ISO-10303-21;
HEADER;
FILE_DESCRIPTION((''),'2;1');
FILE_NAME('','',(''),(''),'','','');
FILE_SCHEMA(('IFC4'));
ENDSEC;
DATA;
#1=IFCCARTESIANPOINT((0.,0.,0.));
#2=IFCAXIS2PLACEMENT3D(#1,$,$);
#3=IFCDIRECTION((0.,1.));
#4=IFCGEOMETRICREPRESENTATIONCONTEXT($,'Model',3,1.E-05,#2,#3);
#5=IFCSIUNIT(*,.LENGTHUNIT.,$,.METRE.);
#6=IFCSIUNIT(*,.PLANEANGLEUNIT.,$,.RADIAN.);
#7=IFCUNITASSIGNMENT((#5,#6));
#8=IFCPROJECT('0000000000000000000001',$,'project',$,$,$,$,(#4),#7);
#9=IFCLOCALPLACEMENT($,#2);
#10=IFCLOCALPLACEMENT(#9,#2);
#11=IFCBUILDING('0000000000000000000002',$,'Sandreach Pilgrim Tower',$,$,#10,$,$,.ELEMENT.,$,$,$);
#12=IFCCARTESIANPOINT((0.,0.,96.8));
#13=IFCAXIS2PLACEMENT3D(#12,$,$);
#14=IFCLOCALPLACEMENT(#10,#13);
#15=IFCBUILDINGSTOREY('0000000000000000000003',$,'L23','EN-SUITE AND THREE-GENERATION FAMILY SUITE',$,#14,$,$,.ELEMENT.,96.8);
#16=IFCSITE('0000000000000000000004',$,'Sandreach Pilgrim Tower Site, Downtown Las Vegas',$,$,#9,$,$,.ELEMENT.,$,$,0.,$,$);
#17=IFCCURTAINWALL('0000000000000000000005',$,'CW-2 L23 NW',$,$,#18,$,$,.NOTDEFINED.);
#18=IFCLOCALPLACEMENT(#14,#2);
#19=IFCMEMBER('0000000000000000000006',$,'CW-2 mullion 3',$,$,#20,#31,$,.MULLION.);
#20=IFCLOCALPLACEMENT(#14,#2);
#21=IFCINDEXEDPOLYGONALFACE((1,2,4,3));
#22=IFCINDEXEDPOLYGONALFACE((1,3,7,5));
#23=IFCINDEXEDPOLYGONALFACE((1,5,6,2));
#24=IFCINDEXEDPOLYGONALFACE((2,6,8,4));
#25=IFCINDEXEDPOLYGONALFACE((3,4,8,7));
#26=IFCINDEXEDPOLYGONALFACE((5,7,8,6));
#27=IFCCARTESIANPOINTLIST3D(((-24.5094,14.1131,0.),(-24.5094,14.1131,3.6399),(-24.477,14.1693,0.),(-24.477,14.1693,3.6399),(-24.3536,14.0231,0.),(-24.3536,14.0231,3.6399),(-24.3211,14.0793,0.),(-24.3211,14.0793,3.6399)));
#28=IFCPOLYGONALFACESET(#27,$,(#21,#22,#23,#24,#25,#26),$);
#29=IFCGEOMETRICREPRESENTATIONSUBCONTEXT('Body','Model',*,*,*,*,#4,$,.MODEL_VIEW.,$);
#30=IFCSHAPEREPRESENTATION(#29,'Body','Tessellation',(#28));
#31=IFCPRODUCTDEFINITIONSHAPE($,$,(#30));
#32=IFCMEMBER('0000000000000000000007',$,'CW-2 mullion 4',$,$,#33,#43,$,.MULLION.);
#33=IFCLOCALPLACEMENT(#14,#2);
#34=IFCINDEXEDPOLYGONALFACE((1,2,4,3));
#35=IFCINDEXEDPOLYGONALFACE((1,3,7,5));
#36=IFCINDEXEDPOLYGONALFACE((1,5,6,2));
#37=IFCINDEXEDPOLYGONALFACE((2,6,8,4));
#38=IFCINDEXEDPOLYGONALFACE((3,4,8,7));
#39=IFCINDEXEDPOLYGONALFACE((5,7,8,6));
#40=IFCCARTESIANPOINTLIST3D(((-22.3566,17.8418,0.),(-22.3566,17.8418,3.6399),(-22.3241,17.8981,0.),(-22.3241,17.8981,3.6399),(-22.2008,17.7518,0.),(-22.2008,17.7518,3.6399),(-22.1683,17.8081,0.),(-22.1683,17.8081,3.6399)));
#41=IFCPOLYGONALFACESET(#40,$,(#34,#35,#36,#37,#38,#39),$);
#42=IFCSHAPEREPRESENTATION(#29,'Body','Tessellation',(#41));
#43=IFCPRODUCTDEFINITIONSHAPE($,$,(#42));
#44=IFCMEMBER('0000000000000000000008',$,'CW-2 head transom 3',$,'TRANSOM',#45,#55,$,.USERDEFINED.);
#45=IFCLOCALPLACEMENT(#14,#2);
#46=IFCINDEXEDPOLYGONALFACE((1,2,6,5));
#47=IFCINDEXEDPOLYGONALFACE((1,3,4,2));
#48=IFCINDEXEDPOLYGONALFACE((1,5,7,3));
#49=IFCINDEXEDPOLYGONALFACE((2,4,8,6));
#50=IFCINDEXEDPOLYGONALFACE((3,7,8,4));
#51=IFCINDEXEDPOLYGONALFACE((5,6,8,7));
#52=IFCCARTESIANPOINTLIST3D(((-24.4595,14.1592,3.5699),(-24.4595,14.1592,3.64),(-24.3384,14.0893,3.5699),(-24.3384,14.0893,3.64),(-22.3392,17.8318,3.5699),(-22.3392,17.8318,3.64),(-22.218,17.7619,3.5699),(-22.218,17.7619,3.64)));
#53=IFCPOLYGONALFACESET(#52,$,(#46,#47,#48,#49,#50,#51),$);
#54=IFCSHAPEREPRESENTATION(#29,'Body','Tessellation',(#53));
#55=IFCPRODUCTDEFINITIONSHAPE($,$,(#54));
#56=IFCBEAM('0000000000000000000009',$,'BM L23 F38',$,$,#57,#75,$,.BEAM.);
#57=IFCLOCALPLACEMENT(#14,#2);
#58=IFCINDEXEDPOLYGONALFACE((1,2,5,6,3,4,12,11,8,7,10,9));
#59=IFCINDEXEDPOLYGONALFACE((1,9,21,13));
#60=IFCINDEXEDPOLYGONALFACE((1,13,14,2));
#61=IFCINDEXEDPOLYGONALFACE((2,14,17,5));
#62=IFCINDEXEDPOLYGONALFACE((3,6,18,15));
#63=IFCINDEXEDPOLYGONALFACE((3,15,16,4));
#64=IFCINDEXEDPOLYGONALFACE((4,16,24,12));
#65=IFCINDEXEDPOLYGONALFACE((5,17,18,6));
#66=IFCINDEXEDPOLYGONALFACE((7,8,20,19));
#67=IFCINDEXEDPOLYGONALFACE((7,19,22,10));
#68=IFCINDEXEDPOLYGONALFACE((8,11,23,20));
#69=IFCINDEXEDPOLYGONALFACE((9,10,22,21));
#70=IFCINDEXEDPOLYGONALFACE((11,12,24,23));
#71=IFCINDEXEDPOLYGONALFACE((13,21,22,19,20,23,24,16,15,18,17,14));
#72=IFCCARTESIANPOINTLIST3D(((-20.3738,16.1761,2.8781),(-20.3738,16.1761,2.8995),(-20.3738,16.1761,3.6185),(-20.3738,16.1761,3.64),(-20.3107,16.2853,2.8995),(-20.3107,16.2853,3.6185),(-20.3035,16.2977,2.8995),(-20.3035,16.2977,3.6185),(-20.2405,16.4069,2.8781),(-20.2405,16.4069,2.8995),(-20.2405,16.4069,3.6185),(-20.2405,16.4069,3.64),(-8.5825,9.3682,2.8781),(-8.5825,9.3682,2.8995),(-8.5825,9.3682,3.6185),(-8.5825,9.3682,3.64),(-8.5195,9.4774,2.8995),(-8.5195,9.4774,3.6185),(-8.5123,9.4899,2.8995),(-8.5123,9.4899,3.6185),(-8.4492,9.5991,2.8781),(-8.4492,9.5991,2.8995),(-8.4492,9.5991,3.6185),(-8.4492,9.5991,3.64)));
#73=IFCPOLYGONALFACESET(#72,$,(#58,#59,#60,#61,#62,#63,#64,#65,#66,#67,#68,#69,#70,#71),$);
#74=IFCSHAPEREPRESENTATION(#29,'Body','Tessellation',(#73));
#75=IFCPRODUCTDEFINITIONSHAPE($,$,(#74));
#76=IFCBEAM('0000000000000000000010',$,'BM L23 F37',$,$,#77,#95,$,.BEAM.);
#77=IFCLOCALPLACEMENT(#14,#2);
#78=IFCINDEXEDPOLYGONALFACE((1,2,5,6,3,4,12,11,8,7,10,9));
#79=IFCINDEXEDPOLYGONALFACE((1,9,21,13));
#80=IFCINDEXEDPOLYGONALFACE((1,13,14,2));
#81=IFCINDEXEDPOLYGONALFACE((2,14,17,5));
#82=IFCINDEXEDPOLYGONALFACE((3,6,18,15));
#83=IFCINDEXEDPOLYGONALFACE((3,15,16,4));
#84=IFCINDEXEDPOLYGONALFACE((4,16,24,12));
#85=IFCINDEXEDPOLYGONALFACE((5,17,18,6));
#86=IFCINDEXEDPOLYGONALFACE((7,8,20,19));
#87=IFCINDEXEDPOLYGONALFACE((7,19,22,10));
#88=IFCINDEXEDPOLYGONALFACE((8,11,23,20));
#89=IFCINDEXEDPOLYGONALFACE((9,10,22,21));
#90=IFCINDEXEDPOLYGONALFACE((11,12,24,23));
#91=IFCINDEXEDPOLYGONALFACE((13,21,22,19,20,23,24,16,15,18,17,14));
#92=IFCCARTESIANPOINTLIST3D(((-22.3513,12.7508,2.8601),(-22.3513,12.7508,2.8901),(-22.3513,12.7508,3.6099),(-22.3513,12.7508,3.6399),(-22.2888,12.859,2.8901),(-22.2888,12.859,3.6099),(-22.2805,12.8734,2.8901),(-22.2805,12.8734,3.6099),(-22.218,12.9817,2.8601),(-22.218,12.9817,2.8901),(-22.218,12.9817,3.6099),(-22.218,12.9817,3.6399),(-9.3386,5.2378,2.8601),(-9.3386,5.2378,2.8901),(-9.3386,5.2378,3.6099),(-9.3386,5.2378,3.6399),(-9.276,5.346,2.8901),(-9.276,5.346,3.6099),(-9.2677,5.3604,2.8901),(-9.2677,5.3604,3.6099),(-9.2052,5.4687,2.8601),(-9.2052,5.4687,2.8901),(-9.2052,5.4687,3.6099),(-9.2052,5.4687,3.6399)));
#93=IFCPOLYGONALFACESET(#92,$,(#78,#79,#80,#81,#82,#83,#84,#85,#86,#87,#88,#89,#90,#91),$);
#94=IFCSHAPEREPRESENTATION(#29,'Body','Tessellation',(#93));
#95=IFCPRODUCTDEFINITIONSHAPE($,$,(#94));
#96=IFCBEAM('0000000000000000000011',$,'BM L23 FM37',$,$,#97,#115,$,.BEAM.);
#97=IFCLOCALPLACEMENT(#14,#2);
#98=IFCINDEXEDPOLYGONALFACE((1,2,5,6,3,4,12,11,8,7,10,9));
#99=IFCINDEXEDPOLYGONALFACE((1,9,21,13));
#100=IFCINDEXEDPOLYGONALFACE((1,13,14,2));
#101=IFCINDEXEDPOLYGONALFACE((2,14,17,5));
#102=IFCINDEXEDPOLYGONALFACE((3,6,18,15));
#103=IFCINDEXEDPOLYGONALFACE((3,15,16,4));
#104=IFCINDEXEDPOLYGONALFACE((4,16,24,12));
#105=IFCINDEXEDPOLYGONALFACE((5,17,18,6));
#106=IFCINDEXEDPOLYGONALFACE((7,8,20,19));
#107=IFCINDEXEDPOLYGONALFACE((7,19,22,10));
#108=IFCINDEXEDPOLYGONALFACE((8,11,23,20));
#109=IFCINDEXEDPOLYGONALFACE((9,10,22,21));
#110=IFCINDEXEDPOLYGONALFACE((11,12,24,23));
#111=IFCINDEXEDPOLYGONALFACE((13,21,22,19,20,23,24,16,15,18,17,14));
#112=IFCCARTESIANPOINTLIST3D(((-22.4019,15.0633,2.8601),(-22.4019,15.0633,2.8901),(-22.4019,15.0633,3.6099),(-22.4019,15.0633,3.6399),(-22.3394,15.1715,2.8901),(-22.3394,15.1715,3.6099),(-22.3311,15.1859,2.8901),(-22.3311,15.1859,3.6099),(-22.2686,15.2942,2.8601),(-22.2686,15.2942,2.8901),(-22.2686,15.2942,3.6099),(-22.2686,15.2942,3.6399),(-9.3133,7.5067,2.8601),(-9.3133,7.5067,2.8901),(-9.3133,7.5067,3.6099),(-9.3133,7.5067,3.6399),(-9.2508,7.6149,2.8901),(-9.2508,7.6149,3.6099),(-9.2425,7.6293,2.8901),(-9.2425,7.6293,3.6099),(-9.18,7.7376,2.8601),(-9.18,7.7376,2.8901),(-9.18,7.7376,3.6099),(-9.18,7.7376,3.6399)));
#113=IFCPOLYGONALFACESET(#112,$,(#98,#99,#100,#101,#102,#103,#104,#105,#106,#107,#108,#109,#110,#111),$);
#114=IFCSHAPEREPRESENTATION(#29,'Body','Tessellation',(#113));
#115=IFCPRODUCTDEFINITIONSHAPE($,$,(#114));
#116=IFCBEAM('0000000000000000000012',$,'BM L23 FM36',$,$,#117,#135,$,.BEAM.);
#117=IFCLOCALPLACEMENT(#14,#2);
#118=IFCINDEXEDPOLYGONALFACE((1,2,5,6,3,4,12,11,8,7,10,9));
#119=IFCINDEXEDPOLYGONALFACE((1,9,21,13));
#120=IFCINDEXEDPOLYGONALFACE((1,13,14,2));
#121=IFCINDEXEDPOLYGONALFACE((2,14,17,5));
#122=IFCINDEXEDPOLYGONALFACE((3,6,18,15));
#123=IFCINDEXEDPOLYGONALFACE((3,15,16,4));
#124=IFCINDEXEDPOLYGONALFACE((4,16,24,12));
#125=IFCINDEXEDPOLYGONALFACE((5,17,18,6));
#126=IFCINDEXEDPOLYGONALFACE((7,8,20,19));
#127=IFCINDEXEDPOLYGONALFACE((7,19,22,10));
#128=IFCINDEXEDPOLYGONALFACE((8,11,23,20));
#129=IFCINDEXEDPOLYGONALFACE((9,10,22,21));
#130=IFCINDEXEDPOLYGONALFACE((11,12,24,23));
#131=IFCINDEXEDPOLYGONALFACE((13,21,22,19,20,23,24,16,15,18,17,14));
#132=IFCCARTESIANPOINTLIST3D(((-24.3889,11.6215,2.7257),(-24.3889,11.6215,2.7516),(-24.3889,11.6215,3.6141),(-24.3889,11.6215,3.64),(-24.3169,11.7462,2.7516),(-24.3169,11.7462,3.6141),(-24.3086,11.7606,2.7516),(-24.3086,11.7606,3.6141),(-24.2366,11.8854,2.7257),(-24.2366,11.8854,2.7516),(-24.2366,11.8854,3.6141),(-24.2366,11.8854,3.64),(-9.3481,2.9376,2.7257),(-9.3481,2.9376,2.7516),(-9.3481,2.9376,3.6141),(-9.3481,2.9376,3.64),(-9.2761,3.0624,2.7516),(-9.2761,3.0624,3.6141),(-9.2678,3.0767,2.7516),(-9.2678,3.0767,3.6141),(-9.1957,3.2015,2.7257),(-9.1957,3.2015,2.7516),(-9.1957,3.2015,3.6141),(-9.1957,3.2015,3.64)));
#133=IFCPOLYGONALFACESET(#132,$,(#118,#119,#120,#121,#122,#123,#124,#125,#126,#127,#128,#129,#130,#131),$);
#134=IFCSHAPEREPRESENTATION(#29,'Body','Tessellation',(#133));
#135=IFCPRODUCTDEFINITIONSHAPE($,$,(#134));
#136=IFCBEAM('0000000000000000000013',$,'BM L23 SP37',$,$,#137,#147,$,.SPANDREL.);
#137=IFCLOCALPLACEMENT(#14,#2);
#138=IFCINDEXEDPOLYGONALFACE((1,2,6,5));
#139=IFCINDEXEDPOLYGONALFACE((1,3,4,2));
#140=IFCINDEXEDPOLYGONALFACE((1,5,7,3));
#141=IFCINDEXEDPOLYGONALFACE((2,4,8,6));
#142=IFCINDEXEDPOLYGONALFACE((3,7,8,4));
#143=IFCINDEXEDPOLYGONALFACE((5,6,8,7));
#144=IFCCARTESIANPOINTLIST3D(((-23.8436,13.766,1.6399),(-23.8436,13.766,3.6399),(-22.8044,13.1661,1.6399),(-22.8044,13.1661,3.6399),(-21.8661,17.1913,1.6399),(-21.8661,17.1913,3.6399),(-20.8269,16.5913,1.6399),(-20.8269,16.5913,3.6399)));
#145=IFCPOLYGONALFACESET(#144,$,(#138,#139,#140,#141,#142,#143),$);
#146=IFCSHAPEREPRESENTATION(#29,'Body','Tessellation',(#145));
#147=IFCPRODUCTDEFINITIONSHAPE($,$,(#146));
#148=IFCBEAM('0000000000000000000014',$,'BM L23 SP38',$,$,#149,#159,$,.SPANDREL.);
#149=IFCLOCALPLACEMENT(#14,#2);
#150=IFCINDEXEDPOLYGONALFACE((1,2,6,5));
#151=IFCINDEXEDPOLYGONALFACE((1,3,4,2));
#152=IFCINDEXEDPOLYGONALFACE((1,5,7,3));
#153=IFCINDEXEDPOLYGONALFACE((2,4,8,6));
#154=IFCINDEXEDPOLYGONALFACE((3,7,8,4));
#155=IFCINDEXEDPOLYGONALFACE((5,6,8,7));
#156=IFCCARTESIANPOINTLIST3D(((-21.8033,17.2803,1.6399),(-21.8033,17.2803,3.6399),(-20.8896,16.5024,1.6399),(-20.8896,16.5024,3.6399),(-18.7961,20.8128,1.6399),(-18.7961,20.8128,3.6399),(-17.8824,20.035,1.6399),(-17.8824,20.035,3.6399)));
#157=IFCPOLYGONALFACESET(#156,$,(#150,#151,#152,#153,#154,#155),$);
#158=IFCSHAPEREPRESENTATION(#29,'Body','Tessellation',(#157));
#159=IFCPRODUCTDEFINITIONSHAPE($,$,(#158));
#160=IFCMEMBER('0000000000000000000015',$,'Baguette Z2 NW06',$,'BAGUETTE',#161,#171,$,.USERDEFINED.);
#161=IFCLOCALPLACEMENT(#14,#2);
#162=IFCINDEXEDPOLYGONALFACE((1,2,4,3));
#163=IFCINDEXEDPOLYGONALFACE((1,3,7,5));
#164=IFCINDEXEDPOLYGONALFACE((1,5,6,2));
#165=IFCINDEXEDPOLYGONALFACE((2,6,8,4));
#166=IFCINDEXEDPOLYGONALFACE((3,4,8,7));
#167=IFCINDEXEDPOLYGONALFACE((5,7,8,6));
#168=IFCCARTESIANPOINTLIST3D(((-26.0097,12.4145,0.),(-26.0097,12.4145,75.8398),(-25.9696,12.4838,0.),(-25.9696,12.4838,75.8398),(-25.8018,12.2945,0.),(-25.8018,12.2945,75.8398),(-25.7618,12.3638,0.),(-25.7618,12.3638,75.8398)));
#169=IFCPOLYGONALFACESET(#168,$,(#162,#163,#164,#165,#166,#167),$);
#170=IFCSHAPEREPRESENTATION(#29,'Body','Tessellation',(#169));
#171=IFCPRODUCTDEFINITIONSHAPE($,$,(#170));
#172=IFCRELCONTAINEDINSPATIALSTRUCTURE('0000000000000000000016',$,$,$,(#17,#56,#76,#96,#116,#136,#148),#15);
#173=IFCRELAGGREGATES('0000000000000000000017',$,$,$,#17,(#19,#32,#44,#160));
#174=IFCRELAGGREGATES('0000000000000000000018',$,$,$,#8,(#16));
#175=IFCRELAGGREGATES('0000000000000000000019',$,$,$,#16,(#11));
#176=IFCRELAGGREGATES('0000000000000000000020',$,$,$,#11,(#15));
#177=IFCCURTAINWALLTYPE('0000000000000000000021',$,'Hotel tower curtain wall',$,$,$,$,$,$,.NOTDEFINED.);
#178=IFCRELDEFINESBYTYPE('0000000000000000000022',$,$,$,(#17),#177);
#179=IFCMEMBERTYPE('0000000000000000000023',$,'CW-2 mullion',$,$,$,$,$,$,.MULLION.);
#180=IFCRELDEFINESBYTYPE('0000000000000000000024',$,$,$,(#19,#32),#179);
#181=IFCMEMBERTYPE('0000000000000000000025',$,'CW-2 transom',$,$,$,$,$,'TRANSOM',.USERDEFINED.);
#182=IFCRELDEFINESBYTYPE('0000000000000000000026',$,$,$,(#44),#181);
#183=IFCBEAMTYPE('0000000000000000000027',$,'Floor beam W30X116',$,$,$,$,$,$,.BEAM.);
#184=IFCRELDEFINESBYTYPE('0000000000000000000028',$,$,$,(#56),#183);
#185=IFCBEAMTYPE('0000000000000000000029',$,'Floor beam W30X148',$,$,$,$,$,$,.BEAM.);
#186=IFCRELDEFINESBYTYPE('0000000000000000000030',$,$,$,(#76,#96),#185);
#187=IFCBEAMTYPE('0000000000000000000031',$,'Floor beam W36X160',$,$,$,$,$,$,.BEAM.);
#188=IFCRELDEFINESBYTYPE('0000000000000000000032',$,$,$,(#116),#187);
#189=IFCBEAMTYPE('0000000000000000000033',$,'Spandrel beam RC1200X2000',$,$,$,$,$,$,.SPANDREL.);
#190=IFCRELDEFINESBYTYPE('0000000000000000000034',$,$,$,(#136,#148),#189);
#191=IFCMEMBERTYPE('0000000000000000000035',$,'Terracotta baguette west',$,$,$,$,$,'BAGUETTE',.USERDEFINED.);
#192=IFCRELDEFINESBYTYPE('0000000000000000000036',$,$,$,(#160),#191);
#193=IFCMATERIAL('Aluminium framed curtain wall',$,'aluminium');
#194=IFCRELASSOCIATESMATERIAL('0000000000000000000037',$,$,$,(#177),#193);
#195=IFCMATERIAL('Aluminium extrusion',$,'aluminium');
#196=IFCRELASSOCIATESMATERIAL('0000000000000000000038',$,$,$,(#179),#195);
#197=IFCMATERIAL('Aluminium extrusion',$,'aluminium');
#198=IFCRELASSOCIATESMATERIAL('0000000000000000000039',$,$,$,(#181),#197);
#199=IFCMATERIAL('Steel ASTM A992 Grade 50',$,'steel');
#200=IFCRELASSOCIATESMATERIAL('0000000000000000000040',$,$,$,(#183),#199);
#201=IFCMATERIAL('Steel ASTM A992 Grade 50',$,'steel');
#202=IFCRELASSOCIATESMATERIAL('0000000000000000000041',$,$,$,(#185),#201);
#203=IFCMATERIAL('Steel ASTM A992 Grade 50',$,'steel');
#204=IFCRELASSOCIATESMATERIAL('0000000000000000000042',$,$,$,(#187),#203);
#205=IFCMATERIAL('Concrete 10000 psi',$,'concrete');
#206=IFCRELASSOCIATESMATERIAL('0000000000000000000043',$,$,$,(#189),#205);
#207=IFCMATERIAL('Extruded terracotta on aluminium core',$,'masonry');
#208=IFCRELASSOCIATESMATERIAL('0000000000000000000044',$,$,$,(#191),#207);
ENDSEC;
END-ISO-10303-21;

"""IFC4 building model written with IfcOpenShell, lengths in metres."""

from ifc_helpers import new_model, si_unit, direction, frame, origin, origin_2d, place, context, subcontext, project, spatial, rectangle, i_section, extrude, material, material_profile, profile_set, type_object, element, aggregate, save


model = new_model("IFC4")

# Units and contexts
model_context = context("Model", 3, precision=1e-05, world=origin(), true_north=direction((0.0, 1.0)))
body_context = subcontext(model_context, "Body", "Model", "MODEL_VIEW")
ifc_project = project(units=[si_unit("LENGTHUNIT", "METRE"), si_unit("PLANEANGLEUNIT", "RADIAN")], contexts=[model_context])

# Site, building, storey
site_placement = place(None, origin())
site = spatial("IfcSite", under=ifc_project, at=site_placement, Name="Sandreach Pilgrim Tower Site, Downtown Las Vegas", CompositionType="ELEMENT", RefElevation=0.0)
building_placement = place(site_placement, origin())
building = spatial("IfcBuilding", under=site, at=building_placement, Name="Sandreach Pilgrim Tower", CompositionType="ELEMENT")
storey_placement = place(building_placement, frame((0.0, 0.0, 96.8)))
storey = spatial("IfcBuildingStorey", under=building, at=storey_placement, Name="L23", Description="EN-SUITE AND THREE-GENERATION FAMILY SUITE", CompositionType="ELEMENT", Elevation=96.8)

# Curtain wall, members
ifc_material_1 = material(Name="Aluminium framed curtain wall", Category="aluminium")
curtain_wall_type = type_object("IfcCurtainWallType", Name="Hotel tower curtain wall", PredefinedType="NOTDEFINED", material=ifc_material_1)
curtain_wall_placement = place(storey_placement, origin())
curtain_wall = element("IfcCurtainWall", 1, at=curtain_wall_placement, inside=storey, type_object=curtain_wall_type, Name="CW-2 L23 NW", PredefinedType="NOTDEFINED")
ifc_material_2 = material(Name="Aluminium extrusion", Category="aluminium")
ifc_material_profile_1 = material_profile(ifc_material_2, rectangle(XDim=0.0649, YDim=0.1799, at=origin_2d()), Name="CW-2M 65X180")
ifc_profile_set_1 = profile_set([ifc_material_profile_1], Name="Aluminium extrusion")
member_type_1 = type_object("IfcMemberType", Name="CW-2 mullion", PredefinedType="MULLION", material=ifc_profile_set_1)
member_1_placement = place(storey_placement, frame((-24.4153, 14.0962, 0.0), z_axis=(0.0, 0.0, 1.0), x_axis=(0.5, 0.866025, 0.0)))
member_1 = element("IfcMember", 2, at=member_1_placement, type_object=member_type_1, Name="CW-2 mullion 3", PredefinedType="MULLION", context=body_context, shape_type="SweptSolid", body=[
    extrude(rectangle(XDim=0.0649, YDim=0.1799, at=origin_2d()), origin(), (0.0, 0.0, 1.0), 3.6399),
])
member_2_placement = place(storey_placement, frame((-22.2625, 17.825, 0.0), z_axis=(0.0, 0.0, 1.0), x_axis=(0.5, 0.866025, 0.0)))
member_2 = element("IfcMember", 3, at=member_2_placement, type_object=member_type_1, Name="CW-2 mullion 4", PredefinedType="MULLION", context=body_context, shape_type="SweptSolid", body=[
    extrude(rectangle(XDim=0.0649, YDim=0.1799, at=origin_2d()), origin(), (0.0, 0.0, 1.0), 3.6399),
])
ifc_material_3 = material(Name="Aluminium extrusion", Category="aluminium")
ifc_material_profile_2 = material_profile(ifc_material_3, rectangle(XDim=0.1399, YDim=0.0701, at=origin_2d()), Name="CW-2T 140X70")
ifc_profile_set_2 = profile_set([ifc_material_profile_2], Name="Aluminium extrusion")
member_type_2 = type_object("IfcMemberType", Name="CW-2 transom", ElementType="TRANSOM", PredefinedType="USERDEFINED", material=ifc_profile_set_2)
member_3_placement = place(storey_placement, frame((-24.3989, 14.1243, 3.605), z_axis=(0.499997, 0.866027, 0.0), x_axis=(-0.866027, 0.499997, 0.0)))
member_3 = element("IfcMember", 4, at=member_3_placement, type_object=member_type_2, Name="CW-2 head transom 3", ObjectType="TRANSOM", PredefinedType="USERDEFINED", context=body_context, shape_type="SweptSolid", body=[
    extrude(rectangle(XDim=0.1399, YDim=0.0701, at=origin_2d()), origin(), (0.0, 0.0, 1.0), 4.2407),
])

# Beams
ifc_material_4 = material(Name="Steel ASTM A992 Grade 50", Category="steel")
ifc_material_profile_3 = material_profile(ifc_material_4, i_section(OverallWidth=0.2666, OverallDepth=0.762, WebThickness=0.0144, FlangeThickness=0.0215, at=origin_2d()), Name="W30X116")
ifc_profile_set_3 = profile_set([ifc_material_profile_3], Name="Steel ASTM A992 Grade 50")
beam_type_1 = type_object("IfcBeamType", Name="Floor beam W30X116", PredefinedType="BEAM", material=ifc_profile_set_3)
beam_1_placement = place(storey_placement, frame((-20.3071, 16.2915, 3.259), z_axis=(0.86602, -0.50001, 0.0), x_axis=(0.50001, 0.86602, 0.0)))
element("IfcBeam", 5, at=beam_1_placement, inside=storey, type_object=beam_type_1, Name="BM L23 F38", PredefinedType="BEAM", context=body_context, shape_type="SweptSolid", body=[
    extrude(i_section(OverallWidth=0.2666, OverallDepth=0.762, WebThickness=0.0144, FlangeThickness=0.0215, at=origin_2d()), origin(), (0.0, 0.0, 1.0), 13.6155),
])
ifc_material_5 = material(Name="Steel ASTM A992 Grade 50", Category="steel")
ifc_material_profile_4 = material_profile(ifc_material_5, i_section(OverallWidth=0.2666, OverallDepth=0.7798, WebThickness=0.0166, FlangeThickness=0.03, at=origin_2d()), Name="W30X148")
ifc_profile_set_4 = profile_set([ifc_material_profile_4], Name="Steel ASTM A992 Grade 50")
beam_type_2 = type_object("IfcBeamType", Name="Floor beam W30X148", PredefinedType="BEAM", material=ifc_profile_set_4)
beam_2_placement = place(storey_placement, frame((-22.2847, 12.8662, 3.25), z_axis=(0.866024, -0.500003, 0.0), x_axis=(0.500003, 0.866024, 0.0)))
element("IfcBeam", 6, at=beam_2_placement, inside=storey, type_object=beam_type_2, Name="BM L23 F37", PredefinedType="BEAM", context=body_context, shape_type="SweptSolid", body=[
    extrude(i_section(OverallWidth=0.2666, OverallDepth=0.7798, WebThickness=0.0166, FlangeThickness=0.03, at=origin_2d()), origin(), (0.0, 0.0, 1.0), 15.0259),
])
beam_3_placement = place(storey_placement, frame((-22.3352, 15.1787, 3.25), z_axis=(0.866028, -0.499996, 0.0), x_axis=(0.499996, 0.866028, 0.0)))
element("IfcBeam", 7, at=beam_3_placement, inside=storey, type_object=beam_type_2, Name="BM L23 FM37", PredefinedType="BEAM", context=body_context, shape_type="SweptSolid", body=[
    extrude(i_section(OverallWidth=0.2666, OverallDepth=0.7798, WebThickness=0.0166, FlangeThickness=0.03, at=origin_2d()), origin(), (0.0, 0.0, 1.0), 15.1133),
])
ifc_material_6 = material(Name="Steel ASTM A992 Grade 50", Category="steel")
ifc_material_profile_5 = material_profile(ifc_material_6, i_section(OverallWidth=0.3047, OverallDepth=0.9143, WebThickness=0.0166, FlangeThickness=0.0259, at=origin_2d()), Name="W36X160")
ifc_profile_set_5 = profile_set([ifc_material_profile_5], Name="Steel ASTM A992 Grade 50")
beam_type_3 = type_object("IfcBeamType", Name="Floor beam W36X160", PredefinedType="BEAM", material=ifc_profile_set_5)
beam_4_placement = place(storey_placement, frame((-24.3127, 11.7534, 3.1829), z_axis=(0.866024, -0.500002, 0.0), x_axis=(0.500002, 0.866024, 0.0)))
element("IfcBeam", 8, at=beam_4_placement, inside=storey, type_object=beam_type_3, Name="BM L23 FM36", PredefinedType="BEAM", context=body_context, shape_type="SweptSolid", body=[
    extrude(i_section(OverallWidth=0.3047, OverallDepth=0.9143, WebThickness=0.0166, FlangeThickness=0.0259, at=origin_2d()), origin(), (0.0, 0.0, 1.0), 17.3677),
])
ifc_material_7 = material(Name="Concrete 10000 psi", Category="concrete")
ifc_material_profile_6 = material_profile(ifc_material_7, rectangle(XDim=1.2, YDim=2.0, at=origin_2d()), Name="RC1200X2000")
ifc_profile_set_6 = profile_set([ifc_material_profile_6], Name="Concrete 10000 psi")
beam_type_4 = type_object("IfcBeamType", Name="Spandrel beam RC1200X2000", PredefinedType="SPANDREL", material=ifc_profile_set_6)
beam_5_placement = place(storey_placement, frame((-23.324, 13.4661, 2.6399), z_axis=(0.49999, 0.866031, 0.0), x_axis=(-0.866031, 0.49999, 0.0)))
element("IfcBeam", 9, at=beam_5_placement, inside=storey, type_object=beam_type_4, Name="BM L23 SP37", PredefinedType="SPANDREL", context=body_context, shape_type="SweptSolid", body=[
    extrude(rectangle(XDim=1.2, YDim=2.0, at=origin_2d()), origin(), (0.0, 0.0, 1.0), 3.9551),
])
beam_6_placement = place(storey_placement, frame((-21.3464, 16.8914, 2.6399), z_axis=(0.648209, 0.761463, 0.0), x_axis=(-0.761463, 0.648209, 0.0)))
element("IfcBeam", 10, at=beam_6_placement, inside=storey, type_object=beam_type_4, Name="BM L23 SP38", PredefinedType="SPANDREL", context=body_context, shape_type="SweptSolid", body=[
    extrude(rectangle(XDim=1.2, YDim=2.0, at=origin_2d()), origin(), (0.0, 0.0, 1.0), 4.6392),
])

# Member
ifc_material_8 = material(Name="Extruded terracotta on aluminium core", Category="masonry")
ifc_material_profile_7 = material_profile(ifc_material_8, rectangle(XDim=0.0801, YDim=0.24, at=origin_2d()), Name="TBW 80X240")
ifc_profile_set_7 = profile_set([ifc_material_profile_7], Name="Extruded terracotta on aluminium core")
member_type_3 = type_object("IfcMemberType", Name="Terracotta baguette west", ElementType="BAGUETTE", PredefinedType="USERDEFINED", material=ifc_profile_set_7)
member_4_placement = place(storey_placement, frame((-25.8857, 12.3892, 0.0), z_axis=(0.0, 0.0, 1.0), x_axis=(0.5, 0.866025, 0.0)))
member_4 = element("IfcMember", 11, at=member_4_placement, type_object=member_type_3, Name="Baguette Z2 NW06", ObjectType="BAGUETTE", PredefinedType="USERDEFINED", context=body_context, shape_type="SweptSolid", body=[
    extrude(rectangle(XDim=0.0801, YDim=0.24, at=origin_2d()), origin(), (0.0, 0.0, 1.0), 75.8398),
])

aggregate(curtain_wall, [member_1, member_2, member_3, member_4])

save(model, "model.ifc")
